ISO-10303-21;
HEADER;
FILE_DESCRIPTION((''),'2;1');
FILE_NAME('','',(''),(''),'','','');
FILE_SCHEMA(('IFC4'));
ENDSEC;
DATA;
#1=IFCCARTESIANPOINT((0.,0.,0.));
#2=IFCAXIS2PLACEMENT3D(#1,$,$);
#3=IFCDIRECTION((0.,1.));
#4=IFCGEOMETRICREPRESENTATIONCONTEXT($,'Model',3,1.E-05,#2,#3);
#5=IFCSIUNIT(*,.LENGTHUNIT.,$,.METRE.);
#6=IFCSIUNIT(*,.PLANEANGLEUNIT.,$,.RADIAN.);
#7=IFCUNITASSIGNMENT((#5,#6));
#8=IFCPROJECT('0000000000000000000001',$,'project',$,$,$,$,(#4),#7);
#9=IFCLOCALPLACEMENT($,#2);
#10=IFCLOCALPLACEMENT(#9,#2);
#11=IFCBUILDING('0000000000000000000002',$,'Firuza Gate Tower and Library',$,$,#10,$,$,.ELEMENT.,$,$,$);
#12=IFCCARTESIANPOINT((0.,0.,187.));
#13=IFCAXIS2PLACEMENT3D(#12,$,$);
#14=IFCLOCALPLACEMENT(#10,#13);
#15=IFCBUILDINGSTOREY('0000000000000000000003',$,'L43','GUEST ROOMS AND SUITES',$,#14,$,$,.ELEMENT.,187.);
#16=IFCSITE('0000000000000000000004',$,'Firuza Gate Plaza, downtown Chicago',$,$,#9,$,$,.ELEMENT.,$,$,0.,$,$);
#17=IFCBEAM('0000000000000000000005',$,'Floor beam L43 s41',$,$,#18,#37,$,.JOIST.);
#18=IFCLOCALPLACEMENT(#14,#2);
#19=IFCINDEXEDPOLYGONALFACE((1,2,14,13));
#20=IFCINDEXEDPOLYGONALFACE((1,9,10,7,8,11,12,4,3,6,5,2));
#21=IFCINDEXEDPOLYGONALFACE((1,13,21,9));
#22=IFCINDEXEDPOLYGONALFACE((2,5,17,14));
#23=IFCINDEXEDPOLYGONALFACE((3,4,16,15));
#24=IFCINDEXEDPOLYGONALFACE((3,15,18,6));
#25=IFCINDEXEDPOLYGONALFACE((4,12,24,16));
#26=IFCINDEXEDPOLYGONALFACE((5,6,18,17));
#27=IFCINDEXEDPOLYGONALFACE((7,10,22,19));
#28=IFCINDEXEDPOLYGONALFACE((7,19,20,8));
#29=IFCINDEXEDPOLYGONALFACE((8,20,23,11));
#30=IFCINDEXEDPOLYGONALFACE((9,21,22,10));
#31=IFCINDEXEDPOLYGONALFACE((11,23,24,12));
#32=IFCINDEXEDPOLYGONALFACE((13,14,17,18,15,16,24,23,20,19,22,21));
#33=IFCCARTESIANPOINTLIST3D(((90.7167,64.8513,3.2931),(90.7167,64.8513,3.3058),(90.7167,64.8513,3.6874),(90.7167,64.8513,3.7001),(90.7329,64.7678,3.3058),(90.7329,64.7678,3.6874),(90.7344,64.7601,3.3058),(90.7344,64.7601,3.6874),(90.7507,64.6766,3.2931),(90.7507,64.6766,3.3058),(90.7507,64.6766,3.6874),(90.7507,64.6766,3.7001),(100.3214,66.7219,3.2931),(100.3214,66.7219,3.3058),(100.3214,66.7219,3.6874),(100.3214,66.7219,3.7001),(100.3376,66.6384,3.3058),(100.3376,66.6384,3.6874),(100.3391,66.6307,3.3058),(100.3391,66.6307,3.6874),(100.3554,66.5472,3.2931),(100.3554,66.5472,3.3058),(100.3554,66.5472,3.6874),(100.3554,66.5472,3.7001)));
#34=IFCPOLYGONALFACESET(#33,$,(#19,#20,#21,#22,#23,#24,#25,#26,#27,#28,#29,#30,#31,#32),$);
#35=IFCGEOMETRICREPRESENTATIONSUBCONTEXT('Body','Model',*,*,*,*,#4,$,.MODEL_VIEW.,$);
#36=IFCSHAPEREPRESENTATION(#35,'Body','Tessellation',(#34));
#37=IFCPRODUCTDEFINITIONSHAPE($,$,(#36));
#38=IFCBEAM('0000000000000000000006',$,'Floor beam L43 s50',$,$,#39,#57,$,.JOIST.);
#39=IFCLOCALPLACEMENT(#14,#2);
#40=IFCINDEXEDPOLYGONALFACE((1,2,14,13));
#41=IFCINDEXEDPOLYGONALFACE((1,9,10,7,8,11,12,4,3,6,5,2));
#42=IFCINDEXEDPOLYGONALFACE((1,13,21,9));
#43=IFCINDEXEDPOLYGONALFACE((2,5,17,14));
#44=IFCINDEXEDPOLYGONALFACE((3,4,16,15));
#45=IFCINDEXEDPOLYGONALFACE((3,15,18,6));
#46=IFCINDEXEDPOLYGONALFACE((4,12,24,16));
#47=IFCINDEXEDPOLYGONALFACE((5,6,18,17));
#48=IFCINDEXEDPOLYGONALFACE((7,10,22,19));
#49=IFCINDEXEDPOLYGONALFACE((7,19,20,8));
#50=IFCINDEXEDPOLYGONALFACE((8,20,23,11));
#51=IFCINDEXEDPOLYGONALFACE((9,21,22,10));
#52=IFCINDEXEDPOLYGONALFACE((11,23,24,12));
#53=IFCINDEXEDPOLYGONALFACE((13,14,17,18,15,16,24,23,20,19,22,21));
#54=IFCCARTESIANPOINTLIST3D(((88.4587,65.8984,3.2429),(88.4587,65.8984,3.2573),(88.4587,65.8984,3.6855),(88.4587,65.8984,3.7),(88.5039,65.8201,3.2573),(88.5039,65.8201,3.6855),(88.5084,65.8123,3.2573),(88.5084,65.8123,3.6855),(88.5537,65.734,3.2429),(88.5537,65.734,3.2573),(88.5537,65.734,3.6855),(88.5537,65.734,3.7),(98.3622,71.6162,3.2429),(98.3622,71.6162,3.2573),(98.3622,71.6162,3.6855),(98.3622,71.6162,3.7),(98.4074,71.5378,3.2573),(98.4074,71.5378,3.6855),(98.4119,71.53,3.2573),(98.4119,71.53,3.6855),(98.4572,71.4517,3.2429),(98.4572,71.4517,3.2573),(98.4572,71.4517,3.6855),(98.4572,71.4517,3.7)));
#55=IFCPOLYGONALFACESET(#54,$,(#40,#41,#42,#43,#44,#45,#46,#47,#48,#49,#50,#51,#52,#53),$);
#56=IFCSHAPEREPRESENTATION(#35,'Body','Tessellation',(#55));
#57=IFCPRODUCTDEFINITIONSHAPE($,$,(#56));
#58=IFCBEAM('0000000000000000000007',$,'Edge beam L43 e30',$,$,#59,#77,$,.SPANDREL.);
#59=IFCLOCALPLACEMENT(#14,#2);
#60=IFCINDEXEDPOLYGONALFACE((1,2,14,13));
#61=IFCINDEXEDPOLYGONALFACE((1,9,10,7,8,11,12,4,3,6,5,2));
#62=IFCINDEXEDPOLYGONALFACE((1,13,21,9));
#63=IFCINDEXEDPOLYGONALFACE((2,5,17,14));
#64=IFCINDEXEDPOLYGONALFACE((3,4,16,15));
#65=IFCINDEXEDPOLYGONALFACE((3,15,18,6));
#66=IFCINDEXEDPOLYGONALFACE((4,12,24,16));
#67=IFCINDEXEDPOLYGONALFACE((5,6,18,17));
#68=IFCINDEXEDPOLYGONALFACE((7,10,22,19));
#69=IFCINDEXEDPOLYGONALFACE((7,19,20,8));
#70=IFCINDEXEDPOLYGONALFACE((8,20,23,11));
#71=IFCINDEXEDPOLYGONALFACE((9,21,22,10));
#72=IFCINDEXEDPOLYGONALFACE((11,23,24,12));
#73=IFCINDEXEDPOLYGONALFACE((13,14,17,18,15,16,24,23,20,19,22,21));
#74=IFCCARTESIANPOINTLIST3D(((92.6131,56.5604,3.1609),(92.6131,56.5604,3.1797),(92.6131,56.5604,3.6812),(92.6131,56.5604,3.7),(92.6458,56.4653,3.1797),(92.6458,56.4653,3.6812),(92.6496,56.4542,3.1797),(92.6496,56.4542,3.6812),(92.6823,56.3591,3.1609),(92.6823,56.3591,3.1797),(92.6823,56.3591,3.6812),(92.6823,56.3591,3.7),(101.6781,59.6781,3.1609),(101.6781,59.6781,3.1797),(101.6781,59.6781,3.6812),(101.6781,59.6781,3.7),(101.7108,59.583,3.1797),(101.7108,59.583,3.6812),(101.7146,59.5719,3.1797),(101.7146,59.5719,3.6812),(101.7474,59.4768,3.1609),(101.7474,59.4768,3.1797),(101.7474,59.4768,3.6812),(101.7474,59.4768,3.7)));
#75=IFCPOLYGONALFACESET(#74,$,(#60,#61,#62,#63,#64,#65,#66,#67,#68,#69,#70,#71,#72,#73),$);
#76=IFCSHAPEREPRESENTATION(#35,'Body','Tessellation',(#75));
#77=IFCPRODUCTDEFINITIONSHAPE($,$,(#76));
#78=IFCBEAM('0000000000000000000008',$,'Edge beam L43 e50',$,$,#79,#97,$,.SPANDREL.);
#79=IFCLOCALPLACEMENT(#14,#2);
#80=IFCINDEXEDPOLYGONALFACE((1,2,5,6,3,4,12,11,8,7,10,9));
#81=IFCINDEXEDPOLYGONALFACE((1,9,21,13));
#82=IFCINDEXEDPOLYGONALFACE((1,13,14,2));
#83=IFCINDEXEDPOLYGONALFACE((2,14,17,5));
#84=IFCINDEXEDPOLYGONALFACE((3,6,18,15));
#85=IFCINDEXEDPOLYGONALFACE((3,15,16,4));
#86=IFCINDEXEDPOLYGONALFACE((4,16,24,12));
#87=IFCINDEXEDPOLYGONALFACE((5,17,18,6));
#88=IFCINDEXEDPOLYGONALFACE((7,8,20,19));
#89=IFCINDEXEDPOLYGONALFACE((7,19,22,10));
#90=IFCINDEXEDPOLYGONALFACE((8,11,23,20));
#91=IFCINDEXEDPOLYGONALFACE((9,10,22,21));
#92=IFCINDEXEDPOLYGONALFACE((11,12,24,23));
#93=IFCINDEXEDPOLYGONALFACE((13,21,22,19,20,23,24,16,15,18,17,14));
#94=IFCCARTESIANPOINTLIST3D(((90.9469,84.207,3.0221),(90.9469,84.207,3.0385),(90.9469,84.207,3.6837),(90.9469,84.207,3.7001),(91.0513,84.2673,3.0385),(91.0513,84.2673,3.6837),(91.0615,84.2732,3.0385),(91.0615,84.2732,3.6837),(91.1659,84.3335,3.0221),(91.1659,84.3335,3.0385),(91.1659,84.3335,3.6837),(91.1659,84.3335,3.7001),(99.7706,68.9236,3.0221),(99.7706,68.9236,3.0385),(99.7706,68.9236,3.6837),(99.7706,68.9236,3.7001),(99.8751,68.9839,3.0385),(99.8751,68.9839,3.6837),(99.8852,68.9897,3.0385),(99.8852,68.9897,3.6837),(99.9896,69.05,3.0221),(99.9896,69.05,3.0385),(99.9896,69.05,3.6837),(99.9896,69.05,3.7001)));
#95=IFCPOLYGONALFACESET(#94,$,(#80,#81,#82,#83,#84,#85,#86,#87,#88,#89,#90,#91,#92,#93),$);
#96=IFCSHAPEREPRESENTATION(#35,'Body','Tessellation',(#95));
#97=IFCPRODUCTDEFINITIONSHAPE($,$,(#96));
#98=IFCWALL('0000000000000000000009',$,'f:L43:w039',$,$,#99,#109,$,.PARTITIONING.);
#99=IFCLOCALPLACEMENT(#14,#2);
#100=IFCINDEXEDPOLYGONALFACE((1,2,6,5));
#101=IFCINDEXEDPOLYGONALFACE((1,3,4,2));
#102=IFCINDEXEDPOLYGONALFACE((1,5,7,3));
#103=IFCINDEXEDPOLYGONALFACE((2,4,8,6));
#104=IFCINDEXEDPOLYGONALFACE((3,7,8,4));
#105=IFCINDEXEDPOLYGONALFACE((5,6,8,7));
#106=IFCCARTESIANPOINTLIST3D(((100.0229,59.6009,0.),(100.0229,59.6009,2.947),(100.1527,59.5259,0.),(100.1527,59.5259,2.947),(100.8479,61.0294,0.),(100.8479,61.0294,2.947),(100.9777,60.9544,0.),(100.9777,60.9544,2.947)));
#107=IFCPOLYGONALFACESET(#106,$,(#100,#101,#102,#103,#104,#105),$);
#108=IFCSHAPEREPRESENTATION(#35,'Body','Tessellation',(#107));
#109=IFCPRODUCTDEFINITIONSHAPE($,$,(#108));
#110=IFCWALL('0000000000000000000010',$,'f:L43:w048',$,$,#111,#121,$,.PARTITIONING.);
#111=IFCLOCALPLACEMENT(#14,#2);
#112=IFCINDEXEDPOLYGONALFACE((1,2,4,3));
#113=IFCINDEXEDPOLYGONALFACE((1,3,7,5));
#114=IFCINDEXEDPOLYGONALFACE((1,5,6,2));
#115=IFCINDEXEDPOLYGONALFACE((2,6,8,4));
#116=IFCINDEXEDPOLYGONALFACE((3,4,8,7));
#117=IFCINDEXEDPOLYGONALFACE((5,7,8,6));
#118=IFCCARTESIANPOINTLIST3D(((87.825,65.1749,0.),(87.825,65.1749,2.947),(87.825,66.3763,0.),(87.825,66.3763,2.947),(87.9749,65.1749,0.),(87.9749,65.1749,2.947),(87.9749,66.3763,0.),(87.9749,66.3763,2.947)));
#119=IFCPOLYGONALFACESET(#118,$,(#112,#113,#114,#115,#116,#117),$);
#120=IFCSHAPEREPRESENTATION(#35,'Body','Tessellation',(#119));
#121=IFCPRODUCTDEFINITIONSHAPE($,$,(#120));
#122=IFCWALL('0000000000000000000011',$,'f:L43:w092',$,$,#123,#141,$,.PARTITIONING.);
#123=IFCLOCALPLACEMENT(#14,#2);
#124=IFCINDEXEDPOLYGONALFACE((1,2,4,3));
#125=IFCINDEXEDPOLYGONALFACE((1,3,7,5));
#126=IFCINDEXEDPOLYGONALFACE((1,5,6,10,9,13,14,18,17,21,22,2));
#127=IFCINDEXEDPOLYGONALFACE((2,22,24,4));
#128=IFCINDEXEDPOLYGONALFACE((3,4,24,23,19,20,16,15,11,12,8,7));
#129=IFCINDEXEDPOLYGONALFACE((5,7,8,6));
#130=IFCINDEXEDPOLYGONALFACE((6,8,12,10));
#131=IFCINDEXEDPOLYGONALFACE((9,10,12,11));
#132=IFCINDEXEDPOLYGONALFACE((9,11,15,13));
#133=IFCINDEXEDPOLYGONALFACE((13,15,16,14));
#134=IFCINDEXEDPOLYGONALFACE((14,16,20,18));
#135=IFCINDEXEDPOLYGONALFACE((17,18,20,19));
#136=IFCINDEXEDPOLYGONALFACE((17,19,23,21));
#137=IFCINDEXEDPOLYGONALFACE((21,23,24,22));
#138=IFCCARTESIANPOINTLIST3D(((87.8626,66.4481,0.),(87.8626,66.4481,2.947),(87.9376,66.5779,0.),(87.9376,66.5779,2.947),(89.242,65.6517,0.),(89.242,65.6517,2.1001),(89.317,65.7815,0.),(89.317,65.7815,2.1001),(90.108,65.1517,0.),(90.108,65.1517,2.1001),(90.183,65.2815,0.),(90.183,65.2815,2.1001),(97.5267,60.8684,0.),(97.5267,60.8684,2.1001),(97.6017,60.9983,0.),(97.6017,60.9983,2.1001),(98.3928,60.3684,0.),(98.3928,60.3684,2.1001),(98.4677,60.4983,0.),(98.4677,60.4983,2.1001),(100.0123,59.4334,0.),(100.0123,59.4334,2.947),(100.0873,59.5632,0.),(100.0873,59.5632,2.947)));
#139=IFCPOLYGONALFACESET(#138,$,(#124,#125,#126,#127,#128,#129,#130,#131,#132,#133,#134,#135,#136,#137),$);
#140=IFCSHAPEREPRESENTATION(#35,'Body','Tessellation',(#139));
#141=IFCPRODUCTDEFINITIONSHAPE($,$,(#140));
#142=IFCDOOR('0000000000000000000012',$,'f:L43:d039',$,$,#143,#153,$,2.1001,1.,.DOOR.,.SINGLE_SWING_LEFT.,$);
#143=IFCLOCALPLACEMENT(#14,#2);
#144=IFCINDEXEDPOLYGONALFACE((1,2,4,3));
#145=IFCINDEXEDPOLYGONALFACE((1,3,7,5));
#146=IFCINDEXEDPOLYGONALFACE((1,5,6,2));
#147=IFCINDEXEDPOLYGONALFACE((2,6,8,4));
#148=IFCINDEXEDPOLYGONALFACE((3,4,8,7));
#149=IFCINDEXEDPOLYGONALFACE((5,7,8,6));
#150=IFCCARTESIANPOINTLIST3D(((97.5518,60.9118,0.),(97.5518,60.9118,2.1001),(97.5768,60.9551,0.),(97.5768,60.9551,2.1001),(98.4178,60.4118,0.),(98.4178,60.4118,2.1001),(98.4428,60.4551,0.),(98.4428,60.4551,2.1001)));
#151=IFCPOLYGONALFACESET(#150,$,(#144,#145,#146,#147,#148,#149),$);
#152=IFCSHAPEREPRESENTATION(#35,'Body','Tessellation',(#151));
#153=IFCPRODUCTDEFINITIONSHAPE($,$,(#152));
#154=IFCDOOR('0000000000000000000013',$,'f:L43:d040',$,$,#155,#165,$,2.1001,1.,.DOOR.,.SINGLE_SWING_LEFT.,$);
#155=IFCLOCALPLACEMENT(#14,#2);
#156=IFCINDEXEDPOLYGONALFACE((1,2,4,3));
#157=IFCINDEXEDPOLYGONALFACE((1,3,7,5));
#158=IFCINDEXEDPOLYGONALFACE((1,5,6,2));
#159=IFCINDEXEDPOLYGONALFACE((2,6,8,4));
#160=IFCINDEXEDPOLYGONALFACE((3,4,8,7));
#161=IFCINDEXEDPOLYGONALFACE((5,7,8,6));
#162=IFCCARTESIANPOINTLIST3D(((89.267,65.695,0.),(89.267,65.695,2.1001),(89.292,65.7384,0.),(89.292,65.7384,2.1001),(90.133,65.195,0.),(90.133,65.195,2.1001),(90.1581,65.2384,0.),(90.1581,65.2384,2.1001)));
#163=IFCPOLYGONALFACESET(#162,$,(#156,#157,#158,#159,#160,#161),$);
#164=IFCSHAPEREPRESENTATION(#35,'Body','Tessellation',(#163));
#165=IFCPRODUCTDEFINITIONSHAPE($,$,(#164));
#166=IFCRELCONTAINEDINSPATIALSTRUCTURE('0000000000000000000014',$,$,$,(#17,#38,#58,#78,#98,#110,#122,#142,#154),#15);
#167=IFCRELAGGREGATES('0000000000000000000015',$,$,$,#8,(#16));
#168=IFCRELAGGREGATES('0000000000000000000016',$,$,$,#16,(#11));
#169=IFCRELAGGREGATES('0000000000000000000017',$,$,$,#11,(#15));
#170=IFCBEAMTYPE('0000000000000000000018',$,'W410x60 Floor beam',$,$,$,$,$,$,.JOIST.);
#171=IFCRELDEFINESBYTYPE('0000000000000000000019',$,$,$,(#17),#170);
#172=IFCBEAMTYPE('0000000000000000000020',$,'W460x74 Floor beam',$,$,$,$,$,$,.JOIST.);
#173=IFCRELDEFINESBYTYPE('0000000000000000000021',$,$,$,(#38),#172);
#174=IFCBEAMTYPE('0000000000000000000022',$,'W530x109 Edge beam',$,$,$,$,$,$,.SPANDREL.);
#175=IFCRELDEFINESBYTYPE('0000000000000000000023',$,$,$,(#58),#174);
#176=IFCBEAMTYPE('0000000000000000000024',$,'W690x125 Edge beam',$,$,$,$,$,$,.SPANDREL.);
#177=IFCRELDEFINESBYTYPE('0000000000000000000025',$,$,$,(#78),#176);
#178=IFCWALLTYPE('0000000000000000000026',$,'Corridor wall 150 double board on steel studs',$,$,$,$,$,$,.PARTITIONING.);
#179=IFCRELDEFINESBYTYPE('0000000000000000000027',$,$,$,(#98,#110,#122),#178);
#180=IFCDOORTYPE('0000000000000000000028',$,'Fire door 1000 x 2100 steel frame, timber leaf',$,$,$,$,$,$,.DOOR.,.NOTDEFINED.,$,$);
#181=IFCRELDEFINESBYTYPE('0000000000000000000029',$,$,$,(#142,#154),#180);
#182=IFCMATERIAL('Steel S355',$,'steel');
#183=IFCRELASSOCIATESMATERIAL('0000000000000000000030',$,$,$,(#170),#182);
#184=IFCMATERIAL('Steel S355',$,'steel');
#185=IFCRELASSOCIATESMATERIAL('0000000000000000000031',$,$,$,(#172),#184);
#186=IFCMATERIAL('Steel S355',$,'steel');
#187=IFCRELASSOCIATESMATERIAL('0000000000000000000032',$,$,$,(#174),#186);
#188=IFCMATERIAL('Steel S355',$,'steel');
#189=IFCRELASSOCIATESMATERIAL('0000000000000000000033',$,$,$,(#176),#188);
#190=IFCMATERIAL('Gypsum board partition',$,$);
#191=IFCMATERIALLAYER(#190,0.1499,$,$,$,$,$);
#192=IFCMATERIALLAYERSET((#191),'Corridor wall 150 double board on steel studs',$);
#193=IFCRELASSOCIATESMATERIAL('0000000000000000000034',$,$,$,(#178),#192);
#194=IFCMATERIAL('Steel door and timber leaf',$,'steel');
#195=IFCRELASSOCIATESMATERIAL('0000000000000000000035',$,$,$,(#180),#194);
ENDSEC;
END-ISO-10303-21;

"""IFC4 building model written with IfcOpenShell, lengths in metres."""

from ifc_helpers import new_model, si_unit, direction, frame, frame_2d, origin, origin_2d, place, context, subcontext, project, spatial, rectangle, i_section, extrude, material, layer, layer_set, material_profile, profile_set, type_object, element, fill, save


model = new_model("IFC4")

# Units and contexts
model_context = context("Model", 3, precision=1e-05, world=origin(), true_north=direction((0.0, 1.0)))
body_context = subcontext(model_context, "Body", "Model", "MODEL_VIEW")
ifc_project = project(units=[si_unit("LENGTHUNIT", "METRE"), si_unit("PLANEANGLEUNIT", "RADIAN")], contexts=[model_context])

# Site, building, storey
site_placement = place(None, origin())
site = spatial("IfcSite", under=ifc_project, at=site_placement, Name="Firuza Gate Plaza, downtown Chicago", CompositionType="ELEMENT", RefElevation=0.0)
building_placement = place(site_placement, origin())
building = spatial("IfcBuilding", under=site, at=building_placement, Name="Firuza Gate Tower and Library", CompositionType="ELEMENT")
storey_placement = place(building_placement, frame((0.0, 0.0, 187.0)))
storey = spatial("IfcBuildingStorey", under=building, at=storey_placement, Name="L43", Description="GUEST ROOMS AND SUITES", CompositionType="ELEMENT", Elevation=187.0)

# Beams
ifc_material_1 = material(Name="Steel S355", Category="steel")
ifc_material_profile_1 = material_profile(ifc_material_1, i_section(OverallWidth=0.178, OverallDepth=0.407, WebThickness=0.0078, FlangeThickness=0.0127, at=origin_2d()))
ifc_profile_set_1 = profile_set([ifc_material_profile_1], Name="Steel S355")
beam_type_1 = type_object("IfcBeamType", Name="W410x60 Floor beam", PredefinedType="JOIST", material=ifc_profile_set_1)
beam_1_placement = place(storey_placement, frame((100.3384, 66.6345, 3.4966), z_axis=(-0.981558, -0.191167, 0.0), x_axis=(0.191167, -0.981558, 0.0)))
element("IfcBeam", 1, at=beam_1_placement, inside=storey, type_object=beam_type_1, Name="Floor beam L43 s41", PredefinedType="JOIST", context=body_context, shape_type="SweptSolid", body=[
    extrude(i_section(OverallWidth=0.178, OverallDepth=0.407, WebThickness=0.0078, FlangeThickness=0.0127, at=origin_2d()), origin(), (0.0, 0.0, 1.0), 9.7852),
])
ifc_material_2 = material(Name="Steel S355", Category="steel")
ifc_material_profile_2 = material_profile(ifc_material_2, i_section(OverallWidth=0.1899, OverallDepth=0.457, WebThickness=0.009, FlangeThickness=0.0144, at=origin_2d()))
ifc_profile_set_2 = profile_set([ifc_material_profile_2], Name="Steel S355")
beam_type_2 = type_object("IfcBeamType", Name="W460x74 Floor beam", PredefinedType="JOIST", material=ifc_profile_set_2)
beam_2_placement = place(storey_placement, frame((98.4097, 71.5339, 3.4714), z_axis=(-0.866027, -0.499997, 0.0), x_axis=(0.499997, -0.866027, 0.0)))
element("IfcBeam", 2, at=beam_2_placement, inside=storey, type_object=beam_type_2, Name="Floor beam L43 s50", PredefinedType="JOIST", context=body_context, shape_type="SweptSolid", body=[
    extrude(i_section(OverallWidth=0.1899, OverallDepth=0.457, WebThickness=0.009, FlangeThickness=0.0144, at=origin_2d()), origin(), (0.0, 0.0, 1.0), 11.4355),
])
ifc_material_3 = material(Name="Steel S355", Category="steel")
ifc_material_profile_3 = material_profile(ifc_material_3, i_section(OverallWidth=0.2129, OverallDepth=0.5391, WebThickness=0.0117, FlangeThickness=0.0188, at=origin_2d()))
ifc_profile_set_3 = profile_set([ifc_material_profile_3], Name="Steel S355")
beam_type_3 = type_object("IfcBeamType", Name="W530x109 Edge beam", PredefinedType="SPANDREL", material=ifc_profile_set_3)
beam_3_placement = place(storey_placement, frame((92.6477, 56.4597, 3.4304), z_axis=(0.945635, 0.325229, 0.0), x_axis=(-0.325229, 0.945635, 0.0)))
element("IfcBeam", 3, at=beam_3_placement, inside=storey, type_object=beam_type_3, Name="Edge beam L43 e30", PredefinedType="SPANDREL", context=body_context, shape_type="SweptSolid", body=[
    extrude(i_section(OverallWidth=0.2129, OverallDepth=0.5391, WebThickness=0.0117, FlangeThickness=0.0188, at=origin_2d()), origin(), (0.0, 0.0, 1.0), 9.5862),
])
ifc_material_4 = material(Name="Steel S355", Category="steel")
ifc_material_profile_4 = material_profile(ifc_material_4, i_section(OverallWidth=0.2529, OverallDepth=0.678, WebThickness=0.0117, FlangeThickness=0.0164, at=origin_2d()))
ifc_profile_set_4 = profile_set([ifc_material_profile_4], Name="Steel S355")
beam_type_4 = type_object("IfcBeamType", Name="W690x125 Edge beam", PredefinedType="SPANDREL", material=ifc_profile_set_4)
beam_4_placement = place(storey_placement, frame((99.8801, 68.9868, 3.3611), z_axis=(-0.499993, 0.86603, 0.0), x_axis=(-0.86603, -0.499993, 0.0)))
element("IfcBeam", 4, at=beam_4_placement, inside=storey, type_object=beam_type_4, Name="Edge beam L43 e50", PredefinedType="SPANDREL", context=body_context, shape_type="SweptSolid", body=[
    extrude(i_section(OverallWidth=0.2529, OverallDepth=0.678, WebThickness=0.0117, FlangeThickness=0.0164, at=origin_2d()), origin(), (0.0, 0.0, 1.0), 17.6477),
])

# Walls
ifc_material_5 = material(Name="Gypsum board partition")
ifc_layer_1 = layer(ifc_material_5, 0.1499)
ifc_layer_set_1 = layer_set([ifc_layer_1], Name="Corridor wall 150 double board on steel studs")
wall_type_1 = type_object("IfcWallType", Name="Corridor wall 150 double board on steel studs", PredefinedType="PARTITIONING", material=ifc_layer_set_1)
wall_1_placement = place(storey_placement, frame((100.0879, 59.5635, 0.0), z_axis=(0.0, 0.0, 1.0), x_axis=(0.500103, 0.865966, 0.0)))
element("IfcWall", 5, at=wall_1_placement, inside=storey, type_object=wall_type_1, Name="f:L43:w039", PredefinedType="PARTITIONING", context=body_context, shape_type="SweptSolid", body=[
    extrude(rectangle(XDim=1.6497, YDim=0.1499, at=frame_2d((0.8247, 0.0))), origin(), (0.0, 0.0, 1.0), 2.947),
])
wall_2_placement = place(storey_placement, frame((87.8999, 65.175, 0.0), z_axis=(0.0, 0.0, 1.0), x_axis=(0.0, 1.0, 0.0)))
element("IfcWall", 6, at=wall_2_placement, inside=storey, type_object=wall_type_1, Name="f:L43:w048", PredefinedType="PARTITIONING", context=body_context, shape_type="SweptSolid", body=[
    extrude(rectangle(XDim=1.2014, YDim=0.1499, at=frame_2d((0.6006, 0.0))), origin(), (0.0, 0.0, 1.0), 2.947),
])

# Wall, openings, doors
wall_3_placement = place(storey_placement, frame((100.0498, 59.4983, 0.0), z_axis=(0.0, 0.0, 1.0), x_axis=(-0.866024, 0.500002, 0.0)))
wall_3 = element("IfcWall", 7, at=wall_3_placement, inside=storey, type_object=wall_type_1, Name="f:L43:w092", PredefinedType="PARTITIONING", context=body_context, shape_type="SweptSolid", body=[
    extrude(rectangle(XDim=14.0293, YDim=0.1499, at=frame_2d((7.0146, 0.0))), origin(), (0.0, 0.0, 1.0), 2.947),
])
opening_1_placement = place(wall_3_placement, frame((1.8701, 0.0, 0.0)))
opening_1 = element("IfcOpeningElement", 8, at=opening_1_placement, cuts=wall_3, PredefinedType="OPENING", context=body_context, shape_type="SweptSolid", body=[
    extrude(rectangle(XDim=1.0, YDim=2.1001, at=frame_2d((0.5, 1.05))), frame((0.0, 0.085, 0.0), z_axis=(0.0, -1.0, 0.0), x_axis=(1.0, 0.0, 0.0)), (0.0, 0.0, 1.0), 0.1699),
])
opening_2_placement = place(wall_3_placement, frame((11.4365, 0.0, 0.0)))
opening_2 = element("IfcOpeningElement", 9, at=opening_2_placement, cuts=wall_3, PredefinedType="OPENING", context=body_context, shape_type="SweptSolid", body=[
    extrude(rectangle(XDim=1.0, YDim=2.1001, at=frame_2d((0.5, 1.05))), frame((0.0, 0.085, 0.0), z_axis=(0.0, -1.0, 0.0), x_axis=(1.0, 0.0, 0.0)), (0.0, 0.0, 1.0), 0.1699),
])
ifc_material_6 = material(Name="Steel door and timber leaf", Category="steel")
door_type_1 = type_object("IfcDoorType", Name="Fire door 1000 x 2100 steel frame, timber leaf", OperationType="NOTDEFINED", PredefinedType="DOOR", material=ifc_material_6)
door_1_placement = place(opening_1_placement, origin())
door_1 = element("IfcDoor", 10, at=door_1_placement, inside=storey, type_object=door_type_1, Name="f:L43:d039", OperationType="SINGLE_SWING_LEFT", OverallHeight=2.1001, OverallWidth=1.0, PredefinedType="DOOR", context=body_context, shape_type="SweptSolid", body=[
    extrude(rectangle(XDim=1.0, YDim=2.1001, at=frame_2d((0.5, 1.05))), frame((0.0, 0.0249, 0.0), z_axis=(0.0, -1.0, 0.0), x_axis=(1.0, 0.0, 0.0)), (0.0, 0.0, 1.0), 0.05),
])
fill(opening_1, door_1)
door_2_placement = place(opening_2_placement, origin())
door_2 = element("IfcDoor", 11, at=door_2_placement, inside=storey, type_object=door_type_1, Name="f:L43:d040", OperationType="SINGLE_SWING_LEFT", OverallHeight=2.1001, OverallWidth=1.0, PredefinedType="DOOR", context=body_context, shape_type="SweptSolid", body=[
    extrude(rectangle(XDim=1.0, YDim=2.1001, at=frame_2d((0.5, 1.05))), frame((0.0, 0.0249, 0.0), z_axis=(0.0, -1.0, 0.0), x_axis=(1.0, 0.0, 0.0)), (0.0, 0.0, 1.0), 0.05),
])
fill(opening_2, door_2)

save(model, "model.ifc")
